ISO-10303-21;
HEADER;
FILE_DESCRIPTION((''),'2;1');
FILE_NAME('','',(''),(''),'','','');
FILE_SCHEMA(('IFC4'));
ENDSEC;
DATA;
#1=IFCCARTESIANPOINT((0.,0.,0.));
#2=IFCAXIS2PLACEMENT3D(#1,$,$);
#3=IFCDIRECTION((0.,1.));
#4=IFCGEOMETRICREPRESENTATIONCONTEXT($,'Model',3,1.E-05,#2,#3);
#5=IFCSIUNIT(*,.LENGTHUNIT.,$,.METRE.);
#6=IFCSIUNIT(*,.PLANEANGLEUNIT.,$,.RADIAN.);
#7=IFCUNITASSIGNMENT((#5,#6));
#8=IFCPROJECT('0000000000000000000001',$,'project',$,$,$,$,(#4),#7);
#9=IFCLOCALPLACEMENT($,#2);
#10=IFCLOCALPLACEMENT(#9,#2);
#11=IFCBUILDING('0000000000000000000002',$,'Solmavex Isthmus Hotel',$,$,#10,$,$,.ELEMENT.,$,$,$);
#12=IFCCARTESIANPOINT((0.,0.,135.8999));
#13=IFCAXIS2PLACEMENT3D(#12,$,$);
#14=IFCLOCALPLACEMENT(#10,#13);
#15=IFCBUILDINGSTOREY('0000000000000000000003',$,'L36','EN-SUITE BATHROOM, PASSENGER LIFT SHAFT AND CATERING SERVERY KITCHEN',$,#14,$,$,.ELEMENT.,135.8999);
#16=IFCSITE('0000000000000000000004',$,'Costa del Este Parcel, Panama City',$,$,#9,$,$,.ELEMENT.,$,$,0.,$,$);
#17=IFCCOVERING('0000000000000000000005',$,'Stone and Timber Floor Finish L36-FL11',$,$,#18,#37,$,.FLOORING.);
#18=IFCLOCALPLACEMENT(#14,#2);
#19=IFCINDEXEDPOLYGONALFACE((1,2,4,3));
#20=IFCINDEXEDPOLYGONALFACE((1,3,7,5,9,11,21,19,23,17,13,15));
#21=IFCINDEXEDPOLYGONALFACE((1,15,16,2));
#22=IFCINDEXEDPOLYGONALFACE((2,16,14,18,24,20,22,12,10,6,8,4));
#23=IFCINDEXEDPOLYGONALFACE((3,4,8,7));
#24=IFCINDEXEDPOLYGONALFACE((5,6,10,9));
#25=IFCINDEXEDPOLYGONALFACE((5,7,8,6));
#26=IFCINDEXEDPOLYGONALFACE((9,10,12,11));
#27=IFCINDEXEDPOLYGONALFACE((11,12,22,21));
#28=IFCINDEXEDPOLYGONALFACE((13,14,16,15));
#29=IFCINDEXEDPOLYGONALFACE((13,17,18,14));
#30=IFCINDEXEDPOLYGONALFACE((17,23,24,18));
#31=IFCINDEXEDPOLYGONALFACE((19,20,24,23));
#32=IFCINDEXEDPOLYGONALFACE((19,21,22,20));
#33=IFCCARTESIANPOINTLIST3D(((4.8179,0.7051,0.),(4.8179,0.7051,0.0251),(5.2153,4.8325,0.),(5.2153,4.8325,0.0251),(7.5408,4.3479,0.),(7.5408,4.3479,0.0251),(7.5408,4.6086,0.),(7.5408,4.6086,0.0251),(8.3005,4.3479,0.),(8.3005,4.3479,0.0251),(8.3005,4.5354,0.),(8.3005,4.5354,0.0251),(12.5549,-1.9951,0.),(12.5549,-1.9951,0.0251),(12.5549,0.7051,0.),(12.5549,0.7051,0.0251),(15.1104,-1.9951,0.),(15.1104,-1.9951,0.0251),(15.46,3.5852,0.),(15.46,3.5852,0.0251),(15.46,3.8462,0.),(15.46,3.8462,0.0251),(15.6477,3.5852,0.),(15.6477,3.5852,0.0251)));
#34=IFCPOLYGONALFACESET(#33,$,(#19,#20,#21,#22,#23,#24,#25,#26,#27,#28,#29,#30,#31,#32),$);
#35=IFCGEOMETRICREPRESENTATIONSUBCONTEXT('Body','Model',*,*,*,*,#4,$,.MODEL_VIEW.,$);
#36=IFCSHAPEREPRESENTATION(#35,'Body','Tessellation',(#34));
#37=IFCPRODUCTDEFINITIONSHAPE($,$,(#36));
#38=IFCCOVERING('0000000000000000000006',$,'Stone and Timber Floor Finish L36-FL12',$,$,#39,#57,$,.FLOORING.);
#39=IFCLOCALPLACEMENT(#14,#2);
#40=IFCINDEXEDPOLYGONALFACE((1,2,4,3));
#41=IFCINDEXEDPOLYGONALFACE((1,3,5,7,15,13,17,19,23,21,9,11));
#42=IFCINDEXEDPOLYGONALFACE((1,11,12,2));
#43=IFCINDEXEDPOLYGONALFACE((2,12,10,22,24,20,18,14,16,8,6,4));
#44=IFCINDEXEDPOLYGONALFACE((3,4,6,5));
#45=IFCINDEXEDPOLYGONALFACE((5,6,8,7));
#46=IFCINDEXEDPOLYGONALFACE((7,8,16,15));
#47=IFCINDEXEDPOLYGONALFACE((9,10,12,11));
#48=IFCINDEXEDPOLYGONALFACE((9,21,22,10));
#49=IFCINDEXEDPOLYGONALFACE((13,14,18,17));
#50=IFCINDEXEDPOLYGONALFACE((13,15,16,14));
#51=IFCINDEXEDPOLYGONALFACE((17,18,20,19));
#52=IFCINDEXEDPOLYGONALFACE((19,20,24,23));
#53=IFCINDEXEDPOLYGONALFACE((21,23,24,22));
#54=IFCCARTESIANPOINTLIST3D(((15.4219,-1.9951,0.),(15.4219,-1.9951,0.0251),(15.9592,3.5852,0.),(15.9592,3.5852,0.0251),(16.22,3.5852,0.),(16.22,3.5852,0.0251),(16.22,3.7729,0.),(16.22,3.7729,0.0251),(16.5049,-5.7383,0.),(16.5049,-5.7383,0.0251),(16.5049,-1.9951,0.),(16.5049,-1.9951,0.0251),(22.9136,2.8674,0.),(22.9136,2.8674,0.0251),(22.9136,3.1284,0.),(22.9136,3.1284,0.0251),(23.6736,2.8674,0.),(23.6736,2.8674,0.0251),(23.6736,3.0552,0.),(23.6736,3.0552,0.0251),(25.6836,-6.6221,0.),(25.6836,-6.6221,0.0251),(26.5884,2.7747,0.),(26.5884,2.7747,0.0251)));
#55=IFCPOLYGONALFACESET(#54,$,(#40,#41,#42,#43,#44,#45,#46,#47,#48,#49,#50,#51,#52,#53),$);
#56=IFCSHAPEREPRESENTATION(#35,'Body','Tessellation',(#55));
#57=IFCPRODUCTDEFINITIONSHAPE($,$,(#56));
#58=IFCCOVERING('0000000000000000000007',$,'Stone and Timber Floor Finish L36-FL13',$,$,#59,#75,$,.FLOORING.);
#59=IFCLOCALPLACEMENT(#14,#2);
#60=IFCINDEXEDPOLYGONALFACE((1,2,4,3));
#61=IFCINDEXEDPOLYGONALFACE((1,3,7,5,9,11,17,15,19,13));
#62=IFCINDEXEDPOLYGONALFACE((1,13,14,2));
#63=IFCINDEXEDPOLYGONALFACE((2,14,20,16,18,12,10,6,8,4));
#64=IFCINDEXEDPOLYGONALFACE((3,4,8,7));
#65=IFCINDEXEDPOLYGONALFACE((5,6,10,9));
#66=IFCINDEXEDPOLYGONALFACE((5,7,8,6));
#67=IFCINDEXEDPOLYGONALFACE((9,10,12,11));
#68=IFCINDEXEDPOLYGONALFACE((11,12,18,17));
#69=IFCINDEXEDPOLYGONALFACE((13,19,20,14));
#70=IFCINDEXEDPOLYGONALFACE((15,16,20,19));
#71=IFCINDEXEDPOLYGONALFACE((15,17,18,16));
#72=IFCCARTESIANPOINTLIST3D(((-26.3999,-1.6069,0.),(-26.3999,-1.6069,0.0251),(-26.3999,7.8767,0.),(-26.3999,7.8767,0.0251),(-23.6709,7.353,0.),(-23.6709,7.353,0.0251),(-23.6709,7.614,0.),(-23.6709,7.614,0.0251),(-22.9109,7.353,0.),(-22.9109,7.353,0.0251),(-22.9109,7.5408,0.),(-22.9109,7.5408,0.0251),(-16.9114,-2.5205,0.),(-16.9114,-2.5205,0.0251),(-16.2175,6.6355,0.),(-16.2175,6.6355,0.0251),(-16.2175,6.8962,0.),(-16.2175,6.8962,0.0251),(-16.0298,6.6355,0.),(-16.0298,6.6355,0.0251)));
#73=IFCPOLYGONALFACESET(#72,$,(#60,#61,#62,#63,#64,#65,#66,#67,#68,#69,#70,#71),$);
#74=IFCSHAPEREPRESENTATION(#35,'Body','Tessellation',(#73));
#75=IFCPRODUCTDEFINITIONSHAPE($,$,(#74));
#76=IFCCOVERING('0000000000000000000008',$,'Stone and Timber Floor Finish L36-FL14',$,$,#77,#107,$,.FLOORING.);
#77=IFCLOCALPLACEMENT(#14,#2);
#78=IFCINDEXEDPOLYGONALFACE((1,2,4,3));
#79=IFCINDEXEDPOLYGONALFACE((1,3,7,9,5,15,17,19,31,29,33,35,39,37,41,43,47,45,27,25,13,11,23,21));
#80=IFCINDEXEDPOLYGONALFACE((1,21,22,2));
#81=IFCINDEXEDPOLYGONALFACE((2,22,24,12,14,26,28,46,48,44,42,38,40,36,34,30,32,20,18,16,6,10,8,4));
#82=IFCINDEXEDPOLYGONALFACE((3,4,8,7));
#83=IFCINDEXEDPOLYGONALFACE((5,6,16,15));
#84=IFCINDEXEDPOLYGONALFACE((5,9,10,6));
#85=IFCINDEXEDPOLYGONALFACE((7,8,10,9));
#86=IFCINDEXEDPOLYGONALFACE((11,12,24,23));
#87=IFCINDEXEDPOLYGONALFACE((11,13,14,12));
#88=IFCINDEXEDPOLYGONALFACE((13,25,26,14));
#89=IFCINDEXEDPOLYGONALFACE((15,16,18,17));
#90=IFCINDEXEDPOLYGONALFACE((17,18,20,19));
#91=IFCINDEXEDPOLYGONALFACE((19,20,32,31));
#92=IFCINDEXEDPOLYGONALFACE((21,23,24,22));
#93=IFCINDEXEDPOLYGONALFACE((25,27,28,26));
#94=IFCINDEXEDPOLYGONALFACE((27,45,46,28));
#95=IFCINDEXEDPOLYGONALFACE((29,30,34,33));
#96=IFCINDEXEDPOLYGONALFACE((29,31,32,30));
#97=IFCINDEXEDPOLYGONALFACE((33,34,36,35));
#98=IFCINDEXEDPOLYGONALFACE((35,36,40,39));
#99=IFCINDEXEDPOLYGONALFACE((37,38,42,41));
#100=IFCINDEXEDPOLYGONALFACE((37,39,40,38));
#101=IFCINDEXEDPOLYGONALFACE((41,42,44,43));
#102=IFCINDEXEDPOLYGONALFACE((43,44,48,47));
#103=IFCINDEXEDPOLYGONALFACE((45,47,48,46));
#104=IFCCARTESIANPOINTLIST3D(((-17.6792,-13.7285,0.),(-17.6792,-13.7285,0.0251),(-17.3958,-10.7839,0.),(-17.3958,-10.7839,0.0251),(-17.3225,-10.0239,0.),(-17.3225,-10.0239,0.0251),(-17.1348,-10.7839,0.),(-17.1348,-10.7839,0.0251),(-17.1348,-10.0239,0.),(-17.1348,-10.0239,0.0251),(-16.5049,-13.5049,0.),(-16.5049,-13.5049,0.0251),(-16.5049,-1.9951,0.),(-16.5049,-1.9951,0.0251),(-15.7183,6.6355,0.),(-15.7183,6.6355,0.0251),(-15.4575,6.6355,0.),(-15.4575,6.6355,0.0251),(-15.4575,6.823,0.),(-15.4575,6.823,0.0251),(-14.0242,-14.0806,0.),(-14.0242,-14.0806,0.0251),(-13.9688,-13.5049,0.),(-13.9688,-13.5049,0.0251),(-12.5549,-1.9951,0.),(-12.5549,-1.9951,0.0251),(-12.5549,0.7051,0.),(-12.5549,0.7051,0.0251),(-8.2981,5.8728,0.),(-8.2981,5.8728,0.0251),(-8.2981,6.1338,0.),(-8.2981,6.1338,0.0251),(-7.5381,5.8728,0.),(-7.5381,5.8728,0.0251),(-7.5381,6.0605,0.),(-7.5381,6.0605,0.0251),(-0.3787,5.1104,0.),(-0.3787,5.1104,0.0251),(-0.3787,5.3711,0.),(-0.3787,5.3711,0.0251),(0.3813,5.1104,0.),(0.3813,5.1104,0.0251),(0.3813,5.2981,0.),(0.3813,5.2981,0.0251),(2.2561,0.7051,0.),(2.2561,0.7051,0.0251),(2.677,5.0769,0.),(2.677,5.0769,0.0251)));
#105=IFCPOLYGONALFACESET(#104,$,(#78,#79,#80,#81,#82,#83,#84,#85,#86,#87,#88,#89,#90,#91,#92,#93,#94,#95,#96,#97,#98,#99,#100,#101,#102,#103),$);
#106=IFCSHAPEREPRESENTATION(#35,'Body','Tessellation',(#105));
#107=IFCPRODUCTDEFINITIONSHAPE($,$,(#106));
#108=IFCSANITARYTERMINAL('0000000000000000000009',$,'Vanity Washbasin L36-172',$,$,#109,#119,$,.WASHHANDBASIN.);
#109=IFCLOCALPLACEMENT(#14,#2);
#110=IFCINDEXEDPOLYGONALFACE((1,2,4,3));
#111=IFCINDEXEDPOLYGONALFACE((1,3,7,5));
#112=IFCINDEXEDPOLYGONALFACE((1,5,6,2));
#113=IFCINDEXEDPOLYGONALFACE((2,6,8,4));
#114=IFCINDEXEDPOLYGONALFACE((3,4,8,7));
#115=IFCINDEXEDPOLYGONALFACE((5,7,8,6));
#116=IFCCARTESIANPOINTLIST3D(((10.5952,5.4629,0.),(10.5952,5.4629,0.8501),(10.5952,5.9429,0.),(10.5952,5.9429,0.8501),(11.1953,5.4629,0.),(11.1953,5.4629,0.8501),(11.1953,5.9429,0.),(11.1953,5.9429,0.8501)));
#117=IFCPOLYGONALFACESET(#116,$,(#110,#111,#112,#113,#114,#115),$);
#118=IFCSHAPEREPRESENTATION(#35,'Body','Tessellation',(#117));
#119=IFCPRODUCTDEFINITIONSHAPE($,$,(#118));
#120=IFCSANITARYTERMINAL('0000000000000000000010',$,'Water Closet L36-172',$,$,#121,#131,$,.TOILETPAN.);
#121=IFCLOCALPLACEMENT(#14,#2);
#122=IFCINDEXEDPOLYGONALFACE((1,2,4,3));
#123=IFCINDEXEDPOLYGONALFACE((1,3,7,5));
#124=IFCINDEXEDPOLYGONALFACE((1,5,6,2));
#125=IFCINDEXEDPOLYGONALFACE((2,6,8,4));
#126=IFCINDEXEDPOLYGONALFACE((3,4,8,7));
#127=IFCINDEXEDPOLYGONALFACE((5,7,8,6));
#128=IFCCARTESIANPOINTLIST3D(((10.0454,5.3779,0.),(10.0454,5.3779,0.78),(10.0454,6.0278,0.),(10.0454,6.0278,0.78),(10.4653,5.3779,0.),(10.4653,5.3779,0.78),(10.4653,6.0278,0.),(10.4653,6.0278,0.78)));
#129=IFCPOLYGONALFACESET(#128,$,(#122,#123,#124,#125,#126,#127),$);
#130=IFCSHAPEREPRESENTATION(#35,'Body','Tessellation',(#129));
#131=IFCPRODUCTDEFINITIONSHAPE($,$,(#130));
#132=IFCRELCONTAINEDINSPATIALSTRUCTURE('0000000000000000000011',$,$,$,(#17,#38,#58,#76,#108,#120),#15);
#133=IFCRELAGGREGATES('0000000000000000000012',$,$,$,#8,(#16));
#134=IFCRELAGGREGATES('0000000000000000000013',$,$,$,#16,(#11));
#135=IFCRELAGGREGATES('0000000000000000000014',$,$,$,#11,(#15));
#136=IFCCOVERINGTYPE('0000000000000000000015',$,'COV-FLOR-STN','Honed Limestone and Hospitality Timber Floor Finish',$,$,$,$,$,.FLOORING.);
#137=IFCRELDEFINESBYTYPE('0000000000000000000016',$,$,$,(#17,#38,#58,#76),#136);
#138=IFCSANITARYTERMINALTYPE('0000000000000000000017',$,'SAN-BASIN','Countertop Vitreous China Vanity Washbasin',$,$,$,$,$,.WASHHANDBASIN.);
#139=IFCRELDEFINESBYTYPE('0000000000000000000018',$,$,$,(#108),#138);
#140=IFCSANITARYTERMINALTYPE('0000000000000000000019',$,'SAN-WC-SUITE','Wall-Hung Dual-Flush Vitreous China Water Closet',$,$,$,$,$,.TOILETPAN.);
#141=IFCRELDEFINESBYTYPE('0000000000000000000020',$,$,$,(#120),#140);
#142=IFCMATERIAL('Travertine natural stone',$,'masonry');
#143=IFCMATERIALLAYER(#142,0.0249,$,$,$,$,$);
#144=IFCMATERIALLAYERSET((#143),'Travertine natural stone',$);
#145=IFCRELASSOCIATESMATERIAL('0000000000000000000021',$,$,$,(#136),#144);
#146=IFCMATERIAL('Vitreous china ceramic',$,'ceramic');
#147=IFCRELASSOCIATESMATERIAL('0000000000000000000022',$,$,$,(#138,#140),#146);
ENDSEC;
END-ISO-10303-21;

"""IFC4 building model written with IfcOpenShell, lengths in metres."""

from ifc_helpers import new_model, si_unit, direction, frame, origin, origin_2d, place, context, subcontext, project, spatial, polyline, rectangle, outline, extrude, material, layer, layer_set, type_object, element, save


model = new_model("IFC4")

# Units and contexts
model_context = context("Model", 3, precision=1e-05, world=origin(), true_north=direction((0.0, 1.0)))
body_context = subcontext(model_context, "Body", "Model", "MODEL_VIEW")
ifc_project = project(units=[si_unit("LENGTHUNIT", "METRE"), si_unit("PLANEANGLEUNIT", "RADIAN")], contexts=[model_context])

# Site, building, storey
site_placement = place(None, origin())
site = spatial("IfcSite", under=ifc_project, at=site_placement, Name="Costa del Este Parcel, Panama City", CompositionType="ELEMENT", RefElevation=0.0)
building_placement = place(site_placement, origin())
building = spatial("IfcBuilding", under=site, at=building_placement, Name="Solmavex Isthmus Hotel", CompositionType="ELEMENT")
storey_placement = place(building_placement, frame((0.0, 0.0, 135.8999)))
storey = spatial("IfcBuildingStorey", under=building, at=storey_placement, Name="L36", Description="EN-SUITE BATHROOM, PASSENGER LIFT SHAFT AND CATERING SERVERY KITCHEN", CompositionType="ELEMENT", Elevation=135.8999)

# Coverings
ifc_material_1 = material(Name="Travertine natural stone", Category="masonry")
ifc_layer_1 = layer(ifc_material_1, 0.0249)
ifc_layer_set_1 = layer_set([ifc_layer_1], Name="Travertine natural stone")
covering_type_1 = type_object("IfcCoveringType", Name="COV-FLOR-STN", Description="Honed Limestone and Hospitality Timber Floor Finish", PredefinedType="FLOORING", material=ifc_layer_set_1)
covering_1_placement = place(storey_placement, origin())
element("IfcCovering", 1, at=covering_1_placement, inside=storey, type_object=covering_type_1, Name="Stone and Timber Floor Finish L36-FL11", PredefinedType="FLOORING", context=body_context, shape_type="SweptSolid", body=[
    extrude(outline(polyline([(8.3005, 4.5354), (8.3005, 4.3479), (7.5408, 4.3479), (7.5408, 4.6086), (5.2153, 4.8325), (4.8179, 0.7051), (12.5549, 0.7051), (12.5549, -1.9951), (15.1104, -1.9951), (15.6477, 3.5852), (15.46, 3.5852), (15.46, 3.8462), (8.3005, 4.5354)])), origin(), (0.0, 0.0, 1.0), 0.0251),
])
covering_2_placement = place(storey_placement, origin())
element("IfcCovering", 2, at=covering_2_placement, inside=storey, type_object=covering_type_1, Name="Stone and Timber Floor Finish L36-FL12", PredefinedType="FLOORING", context=body_context, shape_type="SweptSolid", body=[
    extrude(outline(polyline([(16.22, 3.7729), (16.22, 3.5852), (15.9592, 3.5852), (15.4219, -1.9951), (16.5049, -1.9951), (16.5049, -5.7383), (25.6836, -6.6221), (26.5884, 2.7747), (23.6736, 3.0552), (23.6736, 2.8674), (22.9136, 2.8674), (22.9136, 3.1284), (16.22, 3.7729)])), origin(), (0.0, 0.0, 1.0), 0.0251),
])
covering_3_placement = place(storey_placement, origin())
element("IfcCovering", 3, at=covering_3_placement, inside=storey, type_object=covering_type_1, Name="Stone and Timber Floor Finish L36-FL13", PredefinedType="FLOORING", context=body_context, shape_type="SweptSolid", body=[
    extrude(outline(polyline([(-22.9109, 7.5408), (-22.9109, 7.353), (-23.6709, 7.353), (-23.6709, 7.614), (-26.3999, 7.8767), (-26.3999, -1.6069), (-16.9114, -2.5205), (-16.0298, 6.6355), (-16.2175, 6.6355), (-16.2175, 6.8962), (-22.9109, 7.5408)])), origin(), (0.0, 0.0, 1.0), 0.0251),
])
covering_4_placement = place(storey_placement, origin())
element("IfcCovering", 4, at=covering_4_placement, inside=storey, type_object=covering_type_1, Name="Stone and Timber Floor Finish L36-FL14", PredefinedType="FLOORING", context=body_context, shape_type="SweptSolid", body=[
    extrude(outline(polyline([(-17.3225, -10.0239), (-17.1348, -10.0239), (-17.1348, -10.7839), (-17.3958, -10.7839), (-17.6792, -13.7285), (-14.0242, -14.0806), (-13.9688, -13.5049), (-16.5049, -13.5049), (-16.5049, -1.9951), (-12.5549, -1.9951), (-12.5549, 0.7051), (2.2561, 0.7051), (2.677, 5.0769), (0.3813, 5.2981), (0.3813, 5.1104), (-0.3787, 5.1104), (-0.3787, 5.3711), (-7.5381, 6.0605), (-7.5381, 5.8728), (-8.2981, 5.8728), (-8.2981, 6.1338), (-15.4575, 6.823), (-15.4575, 6.6355), (-15.7183, 6.6355), (-17.3225, -10.0239)])), origin(), (0.0, 0.0, 1.0), 0.0251),
])

# Sanitary terminals
ifc_material_2 = material(Name="Vitreous china ceramic", Category="ceramic")
sanitary_terminal_type_1 = type_object("IfcSanitaryTerminalType", Name="SAN-BASIN", Description="Countertop Vitreous China Vanity Washbasin", PredefinedType="WASHHANDBASIN", material=ifc_material_2)
sanitary_terminal_1_placement = place(storey_placement, frame((10.8953, 5.7029, 0.0), z_axis=(0.0, 0.0, 1.0), x_axis=(1.0, 0.0, 0.0)))
element("IfcSanitaryTerminal", 5, at=sanitary_terminal_1_placement, inside=storey, type_object=sanitary_terminal_type_1, Name="Vanity Washbasin L36-172", PredefinedType="WASHHANDBASIN", context=body_context, shape_type="SweptSolid", body=[
    extrude(rectangle(XDim=0.6001, YDim=0.48, at=origin_2d()), origin(), (0.0, 0.0, 1.0), 0.8501),
])
sanitary_terminal_type_2 = type_object("IfcSanitaryTerminalType", Name="SAN-WC-SUITE", Description="Wall-Hung Dual-Flush Vitreous China Water Closet", PredefinedType="TOILETPAN", material=ifc_material_2)
sanitary_terminal_2_placement = place(storey_placement, frame((10.2554, 5.7029, 0.0), z_axis=(0.0, 0.0, 1.0), x_axis=(1.0, 0.0, 0.0)))
element("IfcSanitaryTerminal", 6, at=sanitary_terminal_2_placement, inside=storey, type_object=sanitary_terminal_type_2, Name="Water Closet L36-172", PredefinedType="TOILETPAN", context=body_context, shape_type="SweptSolid", body=[
    extrude(rectangle(XDim=0.4199, YDim=0.6499, at=origin_2d()), origin(), (0.0, 0.0, 1.0), 0.78),
])

save(model, "model.ifc")
